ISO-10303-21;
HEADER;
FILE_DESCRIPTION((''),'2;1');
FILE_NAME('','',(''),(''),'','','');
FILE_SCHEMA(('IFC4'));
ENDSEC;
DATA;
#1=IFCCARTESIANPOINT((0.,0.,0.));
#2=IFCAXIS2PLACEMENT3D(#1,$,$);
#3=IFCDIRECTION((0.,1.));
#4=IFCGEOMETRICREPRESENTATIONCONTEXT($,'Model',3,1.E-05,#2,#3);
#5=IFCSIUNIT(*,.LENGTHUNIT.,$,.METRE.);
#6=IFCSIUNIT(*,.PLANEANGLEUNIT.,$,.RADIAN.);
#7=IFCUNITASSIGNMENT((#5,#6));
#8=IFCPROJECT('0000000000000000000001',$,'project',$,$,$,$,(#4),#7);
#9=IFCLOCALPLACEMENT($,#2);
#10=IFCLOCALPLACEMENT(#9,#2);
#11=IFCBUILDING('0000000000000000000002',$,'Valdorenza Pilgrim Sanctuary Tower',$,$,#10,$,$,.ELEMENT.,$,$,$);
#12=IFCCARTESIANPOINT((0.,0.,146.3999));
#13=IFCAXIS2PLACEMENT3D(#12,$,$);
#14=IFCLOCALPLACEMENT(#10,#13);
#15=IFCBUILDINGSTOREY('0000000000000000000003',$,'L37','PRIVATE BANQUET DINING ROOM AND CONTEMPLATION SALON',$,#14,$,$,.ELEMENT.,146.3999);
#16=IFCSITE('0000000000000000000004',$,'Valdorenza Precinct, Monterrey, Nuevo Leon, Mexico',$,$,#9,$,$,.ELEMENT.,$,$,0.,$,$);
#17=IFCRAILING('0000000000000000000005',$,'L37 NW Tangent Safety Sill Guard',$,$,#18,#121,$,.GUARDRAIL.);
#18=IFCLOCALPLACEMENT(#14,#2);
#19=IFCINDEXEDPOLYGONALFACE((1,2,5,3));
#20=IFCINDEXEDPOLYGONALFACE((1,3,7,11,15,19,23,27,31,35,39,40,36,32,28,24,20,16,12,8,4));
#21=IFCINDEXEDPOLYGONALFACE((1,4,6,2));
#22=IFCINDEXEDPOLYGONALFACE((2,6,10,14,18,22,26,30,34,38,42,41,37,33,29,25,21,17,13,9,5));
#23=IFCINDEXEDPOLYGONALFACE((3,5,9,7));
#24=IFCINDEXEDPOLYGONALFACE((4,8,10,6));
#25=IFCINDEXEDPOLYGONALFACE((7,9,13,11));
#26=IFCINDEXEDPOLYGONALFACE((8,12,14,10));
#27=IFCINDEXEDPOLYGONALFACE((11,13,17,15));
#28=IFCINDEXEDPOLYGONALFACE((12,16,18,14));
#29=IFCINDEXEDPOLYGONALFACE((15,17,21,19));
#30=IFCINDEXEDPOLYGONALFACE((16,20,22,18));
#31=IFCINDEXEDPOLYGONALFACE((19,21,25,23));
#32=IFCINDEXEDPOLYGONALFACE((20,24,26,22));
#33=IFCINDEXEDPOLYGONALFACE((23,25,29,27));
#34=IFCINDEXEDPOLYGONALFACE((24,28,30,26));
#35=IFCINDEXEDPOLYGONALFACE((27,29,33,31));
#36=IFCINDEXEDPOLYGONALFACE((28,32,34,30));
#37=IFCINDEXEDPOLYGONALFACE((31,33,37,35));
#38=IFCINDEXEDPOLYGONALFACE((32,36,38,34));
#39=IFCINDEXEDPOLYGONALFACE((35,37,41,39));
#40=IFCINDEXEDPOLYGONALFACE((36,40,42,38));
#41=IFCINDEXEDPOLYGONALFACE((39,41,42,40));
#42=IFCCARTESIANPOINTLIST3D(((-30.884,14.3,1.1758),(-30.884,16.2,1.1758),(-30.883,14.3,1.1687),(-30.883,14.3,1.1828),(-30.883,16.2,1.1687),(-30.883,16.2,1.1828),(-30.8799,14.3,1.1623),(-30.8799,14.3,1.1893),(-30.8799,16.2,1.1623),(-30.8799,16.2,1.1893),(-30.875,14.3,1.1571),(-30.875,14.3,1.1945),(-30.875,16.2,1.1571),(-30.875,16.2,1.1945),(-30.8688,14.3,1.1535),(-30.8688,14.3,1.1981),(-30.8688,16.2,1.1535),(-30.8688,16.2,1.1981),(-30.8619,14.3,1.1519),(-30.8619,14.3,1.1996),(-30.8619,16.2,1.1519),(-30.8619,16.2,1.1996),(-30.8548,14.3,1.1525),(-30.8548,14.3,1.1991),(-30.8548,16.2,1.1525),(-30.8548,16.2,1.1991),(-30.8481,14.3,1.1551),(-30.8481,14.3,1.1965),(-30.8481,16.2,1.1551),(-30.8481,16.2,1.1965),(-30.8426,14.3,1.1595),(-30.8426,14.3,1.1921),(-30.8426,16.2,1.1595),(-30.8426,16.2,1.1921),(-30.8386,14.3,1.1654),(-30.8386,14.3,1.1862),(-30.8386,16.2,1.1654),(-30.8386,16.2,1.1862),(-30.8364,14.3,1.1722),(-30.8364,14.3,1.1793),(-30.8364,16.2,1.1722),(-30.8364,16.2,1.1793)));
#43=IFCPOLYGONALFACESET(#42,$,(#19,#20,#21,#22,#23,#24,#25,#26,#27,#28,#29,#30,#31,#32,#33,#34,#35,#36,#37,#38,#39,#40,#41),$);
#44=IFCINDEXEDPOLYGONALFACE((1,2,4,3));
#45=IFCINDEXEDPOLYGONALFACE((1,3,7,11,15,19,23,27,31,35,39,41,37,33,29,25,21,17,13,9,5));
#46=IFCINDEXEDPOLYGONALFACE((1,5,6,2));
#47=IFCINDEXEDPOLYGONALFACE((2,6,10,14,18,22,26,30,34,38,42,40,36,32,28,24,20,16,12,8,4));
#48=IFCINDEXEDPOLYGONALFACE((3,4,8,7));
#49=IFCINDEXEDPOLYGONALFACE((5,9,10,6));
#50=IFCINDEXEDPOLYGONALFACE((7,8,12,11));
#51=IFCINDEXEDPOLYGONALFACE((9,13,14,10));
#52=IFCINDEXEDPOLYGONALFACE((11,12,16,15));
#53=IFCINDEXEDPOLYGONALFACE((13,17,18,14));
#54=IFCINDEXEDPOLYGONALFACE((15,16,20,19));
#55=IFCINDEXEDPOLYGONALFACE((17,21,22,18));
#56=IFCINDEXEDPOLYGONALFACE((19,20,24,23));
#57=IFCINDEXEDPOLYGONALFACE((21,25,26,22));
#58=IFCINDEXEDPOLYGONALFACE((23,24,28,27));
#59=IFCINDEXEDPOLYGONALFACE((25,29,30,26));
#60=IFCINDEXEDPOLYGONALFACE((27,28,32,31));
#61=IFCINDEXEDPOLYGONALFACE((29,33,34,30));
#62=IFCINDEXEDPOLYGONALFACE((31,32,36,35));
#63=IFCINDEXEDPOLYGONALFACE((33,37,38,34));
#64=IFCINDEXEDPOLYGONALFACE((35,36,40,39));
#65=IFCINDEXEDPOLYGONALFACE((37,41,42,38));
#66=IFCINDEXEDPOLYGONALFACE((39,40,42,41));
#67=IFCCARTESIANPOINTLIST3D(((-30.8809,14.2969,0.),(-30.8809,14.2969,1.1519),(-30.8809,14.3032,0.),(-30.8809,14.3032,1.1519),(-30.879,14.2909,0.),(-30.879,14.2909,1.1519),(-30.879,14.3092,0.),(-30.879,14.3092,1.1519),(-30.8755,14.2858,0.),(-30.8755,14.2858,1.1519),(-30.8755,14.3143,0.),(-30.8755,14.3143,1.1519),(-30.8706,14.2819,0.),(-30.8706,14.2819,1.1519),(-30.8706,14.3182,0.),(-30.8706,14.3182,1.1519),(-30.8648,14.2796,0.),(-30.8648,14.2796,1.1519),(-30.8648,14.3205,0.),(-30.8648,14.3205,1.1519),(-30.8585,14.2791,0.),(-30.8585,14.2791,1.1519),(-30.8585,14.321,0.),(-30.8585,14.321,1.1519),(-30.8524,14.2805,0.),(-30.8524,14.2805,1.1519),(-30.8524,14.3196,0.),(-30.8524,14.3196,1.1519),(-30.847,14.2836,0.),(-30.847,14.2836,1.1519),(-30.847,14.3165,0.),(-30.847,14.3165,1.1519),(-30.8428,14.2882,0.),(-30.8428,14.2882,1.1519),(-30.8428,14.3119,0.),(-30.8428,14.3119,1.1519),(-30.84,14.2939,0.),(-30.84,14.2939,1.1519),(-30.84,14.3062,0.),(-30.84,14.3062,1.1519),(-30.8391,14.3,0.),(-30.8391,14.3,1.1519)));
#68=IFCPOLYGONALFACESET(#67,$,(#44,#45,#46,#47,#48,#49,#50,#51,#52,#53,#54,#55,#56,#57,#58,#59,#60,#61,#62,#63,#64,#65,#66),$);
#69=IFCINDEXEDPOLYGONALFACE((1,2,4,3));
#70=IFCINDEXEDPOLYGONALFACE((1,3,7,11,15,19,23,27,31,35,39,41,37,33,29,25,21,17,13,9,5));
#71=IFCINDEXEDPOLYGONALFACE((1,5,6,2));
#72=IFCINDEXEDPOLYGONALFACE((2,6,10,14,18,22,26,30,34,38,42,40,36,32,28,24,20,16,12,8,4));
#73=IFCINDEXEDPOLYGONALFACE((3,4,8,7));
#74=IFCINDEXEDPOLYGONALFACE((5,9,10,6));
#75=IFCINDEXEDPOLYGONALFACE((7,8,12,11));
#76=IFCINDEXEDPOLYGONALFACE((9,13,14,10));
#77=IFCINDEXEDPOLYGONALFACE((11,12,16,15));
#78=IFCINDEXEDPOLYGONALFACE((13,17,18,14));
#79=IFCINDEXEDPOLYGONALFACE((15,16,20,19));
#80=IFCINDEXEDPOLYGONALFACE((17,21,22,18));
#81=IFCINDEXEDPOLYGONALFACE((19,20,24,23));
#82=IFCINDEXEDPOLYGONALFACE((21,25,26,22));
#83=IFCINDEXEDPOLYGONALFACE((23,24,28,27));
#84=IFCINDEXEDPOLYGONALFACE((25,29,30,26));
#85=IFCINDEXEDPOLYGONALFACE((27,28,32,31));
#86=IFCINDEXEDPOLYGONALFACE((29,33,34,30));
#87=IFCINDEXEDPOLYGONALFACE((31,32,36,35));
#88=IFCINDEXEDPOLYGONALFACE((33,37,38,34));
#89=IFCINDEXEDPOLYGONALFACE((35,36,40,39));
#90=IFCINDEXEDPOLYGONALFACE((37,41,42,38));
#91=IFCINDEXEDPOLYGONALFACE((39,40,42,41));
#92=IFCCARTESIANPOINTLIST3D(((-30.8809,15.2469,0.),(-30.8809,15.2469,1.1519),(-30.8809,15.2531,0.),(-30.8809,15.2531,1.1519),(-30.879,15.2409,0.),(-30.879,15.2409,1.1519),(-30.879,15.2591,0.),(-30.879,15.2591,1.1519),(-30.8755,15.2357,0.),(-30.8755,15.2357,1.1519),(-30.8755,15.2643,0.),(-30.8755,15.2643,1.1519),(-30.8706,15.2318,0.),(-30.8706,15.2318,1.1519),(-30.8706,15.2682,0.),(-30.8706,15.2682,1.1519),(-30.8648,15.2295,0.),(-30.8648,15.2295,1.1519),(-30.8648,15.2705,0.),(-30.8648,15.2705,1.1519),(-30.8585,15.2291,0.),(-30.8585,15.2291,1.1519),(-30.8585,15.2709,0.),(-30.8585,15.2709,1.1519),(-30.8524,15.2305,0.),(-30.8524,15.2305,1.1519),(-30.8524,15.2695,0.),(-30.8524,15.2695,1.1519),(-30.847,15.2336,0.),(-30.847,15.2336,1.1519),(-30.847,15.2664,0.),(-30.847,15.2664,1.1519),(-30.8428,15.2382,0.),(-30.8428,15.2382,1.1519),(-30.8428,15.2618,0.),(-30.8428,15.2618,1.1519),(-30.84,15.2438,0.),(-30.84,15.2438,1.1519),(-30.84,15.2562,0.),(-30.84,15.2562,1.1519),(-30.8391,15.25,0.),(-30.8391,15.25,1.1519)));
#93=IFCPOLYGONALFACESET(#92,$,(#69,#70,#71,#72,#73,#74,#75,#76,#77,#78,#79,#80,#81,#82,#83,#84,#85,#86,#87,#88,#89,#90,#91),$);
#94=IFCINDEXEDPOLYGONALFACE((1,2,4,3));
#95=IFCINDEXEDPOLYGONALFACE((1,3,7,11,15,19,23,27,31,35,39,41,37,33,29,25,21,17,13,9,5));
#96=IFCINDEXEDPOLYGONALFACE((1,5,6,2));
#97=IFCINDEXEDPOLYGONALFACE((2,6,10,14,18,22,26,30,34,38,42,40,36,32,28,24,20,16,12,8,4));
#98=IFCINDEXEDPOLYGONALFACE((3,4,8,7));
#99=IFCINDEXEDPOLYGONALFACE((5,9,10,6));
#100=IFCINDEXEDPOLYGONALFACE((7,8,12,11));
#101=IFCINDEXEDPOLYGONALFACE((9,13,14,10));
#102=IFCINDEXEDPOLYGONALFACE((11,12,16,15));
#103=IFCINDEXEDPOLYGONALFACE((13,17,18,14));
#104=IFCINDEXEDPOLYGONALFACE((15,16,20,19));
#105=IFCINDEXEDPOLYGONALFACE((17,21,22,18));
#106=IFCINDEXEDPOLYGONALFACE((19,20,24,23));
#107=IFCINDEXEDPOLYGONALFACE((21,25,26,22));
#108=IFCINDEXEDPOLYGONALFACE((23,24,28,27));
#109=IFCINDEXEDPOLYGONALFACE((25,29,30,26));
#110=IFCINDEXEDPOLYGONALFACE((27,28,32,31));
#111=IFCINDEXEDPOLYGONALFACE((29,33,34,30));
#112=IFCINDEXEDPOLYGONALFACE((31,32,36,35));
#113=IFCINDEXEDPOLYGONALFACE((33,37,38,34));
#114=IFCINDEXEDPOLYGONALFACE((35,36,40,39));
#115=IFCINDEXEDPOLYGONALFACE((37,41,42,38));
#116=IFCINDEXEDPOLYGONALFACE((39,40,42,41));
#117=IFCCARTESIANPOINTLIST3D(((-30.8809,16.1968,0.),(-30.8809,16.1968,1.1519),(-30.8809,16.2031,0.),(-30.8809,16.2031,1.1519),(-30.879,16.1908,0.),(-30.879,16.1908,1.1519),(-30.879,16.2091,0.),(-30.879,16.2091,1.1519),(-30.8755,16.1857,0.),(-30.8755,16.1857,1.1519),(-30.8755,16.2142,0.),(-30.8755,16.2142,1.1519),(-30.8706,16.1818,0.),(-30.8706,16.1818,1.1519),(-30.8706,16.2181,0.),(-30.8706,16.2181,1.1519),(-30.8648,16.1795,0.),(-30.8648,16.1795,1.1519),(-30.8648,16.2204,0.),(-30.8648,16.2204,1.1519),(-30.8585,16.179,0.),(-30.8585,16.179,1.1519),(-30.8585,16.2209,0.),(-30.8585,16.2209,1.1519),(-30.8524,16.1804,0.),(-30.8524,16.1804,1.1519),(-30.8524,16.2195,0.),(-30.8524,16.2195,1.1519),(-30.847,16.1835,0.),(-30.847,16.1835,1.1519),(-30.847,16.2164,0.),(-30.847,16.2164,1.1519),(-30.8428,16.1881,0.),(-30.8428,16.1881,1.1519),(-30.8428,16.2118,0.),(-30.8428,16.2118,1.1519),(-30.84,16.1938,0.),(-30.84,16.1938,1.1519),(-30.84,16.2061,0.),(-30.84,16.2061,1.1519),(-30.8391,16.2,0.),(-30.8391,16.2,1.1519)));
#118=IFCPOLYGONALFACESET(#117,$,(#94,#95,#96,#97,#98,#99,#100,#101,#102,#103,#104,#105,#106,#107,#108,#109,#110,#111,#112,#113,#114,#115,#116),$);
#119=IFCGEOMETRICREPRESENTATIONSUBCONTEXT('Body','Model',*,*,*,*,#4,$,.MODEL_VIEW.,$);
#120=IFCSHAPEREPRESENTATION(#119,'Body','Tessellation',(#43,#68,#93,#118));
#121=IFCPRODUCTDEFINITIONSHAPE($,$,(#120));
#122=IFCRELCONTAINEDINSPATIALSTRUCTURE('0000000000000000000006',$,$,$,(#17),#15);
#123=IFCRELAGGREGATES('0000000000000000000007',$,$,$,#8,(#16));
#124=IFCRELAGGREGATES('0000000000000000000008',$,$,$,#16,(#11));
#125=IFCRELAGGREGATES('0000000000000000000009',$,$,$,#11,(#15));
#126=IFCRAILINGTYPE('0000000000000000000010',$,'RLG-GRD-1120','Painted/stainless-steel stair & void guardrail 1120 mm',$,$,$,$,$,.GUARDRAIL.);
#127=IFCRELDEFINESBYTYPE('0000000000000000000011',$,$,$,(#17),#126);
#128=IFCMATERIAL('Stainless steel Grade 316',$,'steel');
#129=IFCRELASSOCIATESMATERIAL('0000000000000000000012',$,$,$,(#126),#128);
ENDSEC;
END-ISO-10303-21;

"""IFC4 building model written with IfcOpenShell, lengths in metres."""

from ifc_helpers import new_model, si_unit, direction, frame, origin, origin_2d, place, context, subcontext, project, spatial, circle, extrude, material, type_object, element, save


model = new_model("IFC4")

# Units and contexts
model_context = context("Model", 3, precision=1e-05, world=origin(), true_north=direction((0.0, 1.0)))
body_context = subcontext(model_context, "Body", "Model", "MODEL_VIEW")
ifc_project = project(units=[si_unit("LENGTHUNIT", "METRE"), si_unit("PLANEANGLEUNIT", "RADIAN")], contexts=[model_context])

# Site, building, storey
site_placement = place(None, origin())
site = spatial("IfcSite", under=ifc_project, at=site_placement, Name="Valdorenza Precinct, Monterrey, Nuevo Leon, Mexico", CompositionType="ELEMENT", RefElevation=0.0)
building_placement = place(site_placement, origin())
building = spatial("IfcBuilding", under=site, at=building_placement, Name="Valdorenza Pilgrim Sanctuary Tower", CompositionType="ELEMENT")
storey_placement = place(building_placement, frame((0.0, 0.0, 146.3999)))
storey = spatial("IfcBuildingStorey", under=building, at=storey_placement, Name="L37", Description="PRIVATE BANQUET DINING ROOM AND CONTEMPLATION SALON", CompositionType="ELEMENT", Elevation=146.3999)

# Railing
ifc_material_1 = material(Name="Stainless steel Grade 316", Category="steel")
railing_type = type_object("IfcRailingType", Name="RLG-GRD-1120", Description="Painted/stainless-steel stair & void guardrail 1120 mm", PredefinedType="GUARDRAIL", material=ifc_material_1)
railing_placement = place(storey_placement, frame((-30.8601, 14.3, 0.0)))
element("IfcRailing", 1, at=railing_placement, inside=storey, type_object=railing_type, Name="L37 NW Tangent Safety Sill Guard", PredefinedType="GUARDRAIL", context=body_context, shape_type="SweptSolid", body=[
    extrude(circle(Radius=0.0239, at=origin_2d()), frame((0.0, 0.0, 1.1758), z_axis=(0.0, 1.0, 0.0), x_axis=(-1.0, 0.0, 0.0)), (0.0, 0.0, 1.0), 1.8999),
    extrude(circle(Radius=0.021, at=origin_2d()), origin(), (0.0, 0.0, 1.0), 1.1519),
    extrude(circle(Radius=0.021, at=origin_2d()), frame((0.0, 0.95, 0.0)), (0.0, 0.0, 1.0), 1.1519),
    extrude(circle(Radius=0.021, at=origin_2d()), frame((0.0, 1.8999, 0.0)), (0.0, 0.0, 1.0), 1.1519),
])

save(model, "model.ifc")
